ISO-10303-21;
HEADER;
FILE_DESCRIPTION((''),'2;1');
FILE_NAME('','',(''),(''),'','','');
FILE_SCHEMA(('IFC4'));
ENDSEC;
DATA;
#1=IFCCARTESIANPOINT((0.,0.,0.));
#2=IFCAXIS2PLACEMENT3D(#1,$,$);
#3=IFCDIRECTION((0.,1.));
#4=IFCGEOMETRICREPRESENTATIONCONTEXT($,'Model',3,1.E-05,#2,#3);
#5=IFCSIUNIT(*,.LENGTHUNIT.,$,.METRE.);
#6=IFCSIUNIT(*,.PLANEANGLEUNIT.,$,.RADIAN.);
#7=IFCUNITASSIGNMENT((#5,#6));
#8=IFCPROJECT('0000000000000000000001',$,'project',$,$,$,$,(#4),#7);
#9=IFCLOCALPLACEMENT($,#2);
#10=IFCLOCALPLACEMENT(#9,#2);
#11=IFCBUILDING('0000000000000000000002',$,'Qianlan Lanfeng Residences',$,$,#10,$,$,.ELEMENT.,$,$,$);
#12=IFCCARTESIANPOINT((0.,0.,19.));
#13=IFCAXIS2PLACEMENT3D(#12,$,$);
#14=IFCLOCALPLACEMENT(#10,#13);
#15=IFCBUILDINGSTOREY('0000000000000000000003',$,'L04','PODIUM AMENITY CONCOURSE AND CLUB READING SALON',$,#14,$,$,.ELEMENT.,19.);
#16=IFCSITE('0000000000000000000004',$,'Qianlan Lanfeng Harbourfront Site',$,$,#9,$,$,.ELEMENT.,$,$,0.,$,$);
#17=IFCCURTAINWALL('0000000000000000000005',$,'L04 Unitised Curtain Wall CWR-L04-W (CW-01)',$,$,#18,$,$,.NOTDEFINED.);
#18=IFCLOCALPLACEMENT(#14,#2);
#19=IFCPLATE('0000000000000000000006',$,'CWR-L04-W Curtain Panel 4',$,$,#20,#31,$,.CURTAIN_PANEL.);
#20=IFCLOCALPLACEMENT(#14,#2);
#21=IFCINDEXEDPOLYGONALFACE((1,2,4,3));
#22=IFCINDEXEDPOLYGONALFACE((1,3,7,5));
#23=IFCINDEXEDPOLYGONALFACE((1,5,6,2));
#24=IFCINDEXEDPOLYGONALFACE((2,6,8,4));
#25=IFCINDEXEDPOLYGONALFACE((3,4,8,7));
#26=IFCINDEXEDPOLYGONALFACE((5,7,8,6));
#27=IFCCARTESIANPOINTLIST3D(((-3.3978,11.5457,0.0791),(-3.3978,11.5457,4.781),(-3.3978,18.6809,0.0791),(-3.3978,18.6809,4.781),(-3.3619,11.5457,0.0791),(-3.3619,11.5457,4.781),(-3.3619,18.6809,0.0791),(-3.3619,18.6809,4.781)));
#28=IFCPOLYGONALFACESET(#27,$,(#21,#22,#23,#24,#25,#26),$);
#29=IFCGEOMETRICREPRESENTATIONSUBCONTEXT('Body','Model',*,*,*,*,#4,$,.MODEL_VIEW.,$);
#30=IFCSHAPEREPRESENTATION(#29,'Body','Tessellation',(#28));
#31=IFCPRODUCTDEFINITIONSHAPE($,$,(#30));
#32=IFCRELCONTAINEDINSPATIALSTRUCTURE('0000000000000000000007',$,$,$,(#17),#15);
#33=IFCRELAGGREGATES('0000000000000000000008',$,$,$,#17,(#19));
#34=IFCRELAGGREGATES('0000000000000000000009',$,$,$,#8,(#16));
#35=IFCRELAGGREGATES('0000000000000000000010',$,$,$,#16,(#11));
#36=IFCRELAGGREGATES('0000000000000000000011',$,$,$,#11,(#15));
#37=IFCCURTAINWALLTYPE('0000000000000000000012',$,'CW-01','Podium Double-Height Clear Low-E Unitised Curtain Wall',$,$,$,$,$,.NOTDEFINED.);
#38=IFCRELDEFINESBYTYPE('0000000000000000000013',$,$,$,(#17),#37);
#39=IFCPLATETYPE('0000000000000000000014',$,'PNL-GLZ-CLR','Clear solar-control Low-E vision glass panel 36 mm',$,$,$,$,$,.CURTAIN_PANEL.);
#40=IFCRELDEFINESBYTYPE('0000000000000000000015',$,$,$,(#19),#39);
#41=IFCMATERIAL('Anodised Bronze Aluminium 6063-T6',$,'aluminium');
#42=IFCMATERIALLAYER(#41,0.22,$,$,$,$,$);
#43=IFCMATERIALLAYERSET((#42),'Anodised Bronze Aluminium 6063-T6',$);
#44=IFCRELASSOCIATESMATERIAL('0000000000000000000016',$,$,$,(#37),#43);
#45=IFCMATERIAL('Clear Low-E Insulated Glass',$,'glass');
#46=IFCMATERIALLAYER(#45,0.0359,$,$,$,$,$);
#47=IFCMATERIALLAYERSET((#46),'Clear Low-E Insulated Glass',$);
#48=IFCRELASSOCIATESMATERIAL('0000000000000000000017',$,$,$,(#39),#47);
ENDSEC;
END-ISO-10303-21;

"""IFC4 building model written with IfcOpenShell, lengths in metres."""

from ifc_helpers import new_model, si_unit, direction, frame, origin, origin_2d, place, context, subcontext, project, spatial, rectangle, extrude, source, transform, mapped, material, layer, layer_set, type_object, element, aggregate, save


model = new_model("IFC4")

# Units and contexts
model_context = context("Model", 3, precision=1e-05, world=origin(), true_north=direction((0.0, 1.0)))
body_context = subcontext(model_context, "Body", "Model", "MODEL_VIEW")
ifc_project = project(units=[si_unit("LENGTHUNIT", "METRE"), si_unit("PLANEANGLEUNIT", "RADIAN")], contexts=[model_context])

# Site, building, storey
site_placement = place(None, origin())
site = spatial("IfcSite", under=ifc_project, at=site_placement, Name="Qianlan Lanfeng Harbourfront Site", CompositionType="ELEMENT", RefElevation=0.0)
building_placement = place(site_placement, origin())
building = spatial("IfcBuilding", under=site, at=building_placement, Name="Qianlan Lanfeng Residences", CompositionType="ELEMENT")
storey_placement = place(building_placement, frame((0.0, 0.0, 19.0)))
storey = spatial("IfcBuildingStorey", under=building, at=storey_placement, Name="L04", Description="PODIUM AMENITY CONCOURSE AND CLUB READING SALON", CompositionType="ELEMENT", Elevation=19.0)

# Curtain wall, plate
ifc_material_1 = material(Name="Anodised Bronze Aluminium 6063-T6", Category="aluminium")
ifc_layer_1 = layer(ifc_material_1, 0.22)
ifc_layer_set_1 = layer_set([ifc_layer_1], Name="Anodised Bronze Aluminium 6063-T6")
curtain_wall_type = type_object("IfcCurtainWallType", Name="CW-01", Description="Podium Double-Height Clear Low-E Unitised Curtain Wall", PredefinedType="NOTDEFINED", material=ifc_layer_set_1)
curtain_wall_placement = place(storey_placement, origin())
curtain_wall = element("IfcCurtainWall", 1, at=curtain_wall_placement, inside=storey, type_object=curtain_wall_type, Name="L04 Unitised Curtain Wall CWR-L04-W (CW-01)", PredefinedType="NOTDEFINED")
ifc_material_2 = material(Name="Clear Low-E Insulated Glass", Category="glass")
ifc_layer_2 = layer(ifc_material_2, 0.0359)
ifc_layer_set_2 = layer_set([ifc_layer_2], Name="Clear Low-E Insulated Glass")
plate_type = type_object("IfcPlateType", Name="PNL-GLZ-CLR", Description="Clear solar-control Low-E vision glass panel 36 mm", PredefinedType="CURTAIN_PANEL", material=ifc_layer_set_2)
shared_shape_1 = source(origin(), body_context, "Body", "SweptSolid", [
    extrude(rectangle(XDim=7.1353, YDim=0.0359, at=origin_2d()), origin(), (0.0, 0.0, 1.0), 4.7019),
])
plate_1_placement = place(storey_placement, frame((-3.3799, 15.1133, 0.0791), z_axis=(0.0, 0.0, 1.0), x_axis=(0.0, -1.0, 0.0)))
plate_1 = element("IfcPlate", 2, at=plate_1_placement, type_object=plate_type, Name="CWR-L04-W Curtain Panel 4", PredefinedType="CURTAIN_PANEL", context=body_context, shape_type="MappedRepresentation", body=[
    mapped(shared_shape_1, transform((0.0, 0.0, 0.0), scale=1.0)),
])
aggregate(curtain_wall, [plate_1])

save(model, "model.ifc")
